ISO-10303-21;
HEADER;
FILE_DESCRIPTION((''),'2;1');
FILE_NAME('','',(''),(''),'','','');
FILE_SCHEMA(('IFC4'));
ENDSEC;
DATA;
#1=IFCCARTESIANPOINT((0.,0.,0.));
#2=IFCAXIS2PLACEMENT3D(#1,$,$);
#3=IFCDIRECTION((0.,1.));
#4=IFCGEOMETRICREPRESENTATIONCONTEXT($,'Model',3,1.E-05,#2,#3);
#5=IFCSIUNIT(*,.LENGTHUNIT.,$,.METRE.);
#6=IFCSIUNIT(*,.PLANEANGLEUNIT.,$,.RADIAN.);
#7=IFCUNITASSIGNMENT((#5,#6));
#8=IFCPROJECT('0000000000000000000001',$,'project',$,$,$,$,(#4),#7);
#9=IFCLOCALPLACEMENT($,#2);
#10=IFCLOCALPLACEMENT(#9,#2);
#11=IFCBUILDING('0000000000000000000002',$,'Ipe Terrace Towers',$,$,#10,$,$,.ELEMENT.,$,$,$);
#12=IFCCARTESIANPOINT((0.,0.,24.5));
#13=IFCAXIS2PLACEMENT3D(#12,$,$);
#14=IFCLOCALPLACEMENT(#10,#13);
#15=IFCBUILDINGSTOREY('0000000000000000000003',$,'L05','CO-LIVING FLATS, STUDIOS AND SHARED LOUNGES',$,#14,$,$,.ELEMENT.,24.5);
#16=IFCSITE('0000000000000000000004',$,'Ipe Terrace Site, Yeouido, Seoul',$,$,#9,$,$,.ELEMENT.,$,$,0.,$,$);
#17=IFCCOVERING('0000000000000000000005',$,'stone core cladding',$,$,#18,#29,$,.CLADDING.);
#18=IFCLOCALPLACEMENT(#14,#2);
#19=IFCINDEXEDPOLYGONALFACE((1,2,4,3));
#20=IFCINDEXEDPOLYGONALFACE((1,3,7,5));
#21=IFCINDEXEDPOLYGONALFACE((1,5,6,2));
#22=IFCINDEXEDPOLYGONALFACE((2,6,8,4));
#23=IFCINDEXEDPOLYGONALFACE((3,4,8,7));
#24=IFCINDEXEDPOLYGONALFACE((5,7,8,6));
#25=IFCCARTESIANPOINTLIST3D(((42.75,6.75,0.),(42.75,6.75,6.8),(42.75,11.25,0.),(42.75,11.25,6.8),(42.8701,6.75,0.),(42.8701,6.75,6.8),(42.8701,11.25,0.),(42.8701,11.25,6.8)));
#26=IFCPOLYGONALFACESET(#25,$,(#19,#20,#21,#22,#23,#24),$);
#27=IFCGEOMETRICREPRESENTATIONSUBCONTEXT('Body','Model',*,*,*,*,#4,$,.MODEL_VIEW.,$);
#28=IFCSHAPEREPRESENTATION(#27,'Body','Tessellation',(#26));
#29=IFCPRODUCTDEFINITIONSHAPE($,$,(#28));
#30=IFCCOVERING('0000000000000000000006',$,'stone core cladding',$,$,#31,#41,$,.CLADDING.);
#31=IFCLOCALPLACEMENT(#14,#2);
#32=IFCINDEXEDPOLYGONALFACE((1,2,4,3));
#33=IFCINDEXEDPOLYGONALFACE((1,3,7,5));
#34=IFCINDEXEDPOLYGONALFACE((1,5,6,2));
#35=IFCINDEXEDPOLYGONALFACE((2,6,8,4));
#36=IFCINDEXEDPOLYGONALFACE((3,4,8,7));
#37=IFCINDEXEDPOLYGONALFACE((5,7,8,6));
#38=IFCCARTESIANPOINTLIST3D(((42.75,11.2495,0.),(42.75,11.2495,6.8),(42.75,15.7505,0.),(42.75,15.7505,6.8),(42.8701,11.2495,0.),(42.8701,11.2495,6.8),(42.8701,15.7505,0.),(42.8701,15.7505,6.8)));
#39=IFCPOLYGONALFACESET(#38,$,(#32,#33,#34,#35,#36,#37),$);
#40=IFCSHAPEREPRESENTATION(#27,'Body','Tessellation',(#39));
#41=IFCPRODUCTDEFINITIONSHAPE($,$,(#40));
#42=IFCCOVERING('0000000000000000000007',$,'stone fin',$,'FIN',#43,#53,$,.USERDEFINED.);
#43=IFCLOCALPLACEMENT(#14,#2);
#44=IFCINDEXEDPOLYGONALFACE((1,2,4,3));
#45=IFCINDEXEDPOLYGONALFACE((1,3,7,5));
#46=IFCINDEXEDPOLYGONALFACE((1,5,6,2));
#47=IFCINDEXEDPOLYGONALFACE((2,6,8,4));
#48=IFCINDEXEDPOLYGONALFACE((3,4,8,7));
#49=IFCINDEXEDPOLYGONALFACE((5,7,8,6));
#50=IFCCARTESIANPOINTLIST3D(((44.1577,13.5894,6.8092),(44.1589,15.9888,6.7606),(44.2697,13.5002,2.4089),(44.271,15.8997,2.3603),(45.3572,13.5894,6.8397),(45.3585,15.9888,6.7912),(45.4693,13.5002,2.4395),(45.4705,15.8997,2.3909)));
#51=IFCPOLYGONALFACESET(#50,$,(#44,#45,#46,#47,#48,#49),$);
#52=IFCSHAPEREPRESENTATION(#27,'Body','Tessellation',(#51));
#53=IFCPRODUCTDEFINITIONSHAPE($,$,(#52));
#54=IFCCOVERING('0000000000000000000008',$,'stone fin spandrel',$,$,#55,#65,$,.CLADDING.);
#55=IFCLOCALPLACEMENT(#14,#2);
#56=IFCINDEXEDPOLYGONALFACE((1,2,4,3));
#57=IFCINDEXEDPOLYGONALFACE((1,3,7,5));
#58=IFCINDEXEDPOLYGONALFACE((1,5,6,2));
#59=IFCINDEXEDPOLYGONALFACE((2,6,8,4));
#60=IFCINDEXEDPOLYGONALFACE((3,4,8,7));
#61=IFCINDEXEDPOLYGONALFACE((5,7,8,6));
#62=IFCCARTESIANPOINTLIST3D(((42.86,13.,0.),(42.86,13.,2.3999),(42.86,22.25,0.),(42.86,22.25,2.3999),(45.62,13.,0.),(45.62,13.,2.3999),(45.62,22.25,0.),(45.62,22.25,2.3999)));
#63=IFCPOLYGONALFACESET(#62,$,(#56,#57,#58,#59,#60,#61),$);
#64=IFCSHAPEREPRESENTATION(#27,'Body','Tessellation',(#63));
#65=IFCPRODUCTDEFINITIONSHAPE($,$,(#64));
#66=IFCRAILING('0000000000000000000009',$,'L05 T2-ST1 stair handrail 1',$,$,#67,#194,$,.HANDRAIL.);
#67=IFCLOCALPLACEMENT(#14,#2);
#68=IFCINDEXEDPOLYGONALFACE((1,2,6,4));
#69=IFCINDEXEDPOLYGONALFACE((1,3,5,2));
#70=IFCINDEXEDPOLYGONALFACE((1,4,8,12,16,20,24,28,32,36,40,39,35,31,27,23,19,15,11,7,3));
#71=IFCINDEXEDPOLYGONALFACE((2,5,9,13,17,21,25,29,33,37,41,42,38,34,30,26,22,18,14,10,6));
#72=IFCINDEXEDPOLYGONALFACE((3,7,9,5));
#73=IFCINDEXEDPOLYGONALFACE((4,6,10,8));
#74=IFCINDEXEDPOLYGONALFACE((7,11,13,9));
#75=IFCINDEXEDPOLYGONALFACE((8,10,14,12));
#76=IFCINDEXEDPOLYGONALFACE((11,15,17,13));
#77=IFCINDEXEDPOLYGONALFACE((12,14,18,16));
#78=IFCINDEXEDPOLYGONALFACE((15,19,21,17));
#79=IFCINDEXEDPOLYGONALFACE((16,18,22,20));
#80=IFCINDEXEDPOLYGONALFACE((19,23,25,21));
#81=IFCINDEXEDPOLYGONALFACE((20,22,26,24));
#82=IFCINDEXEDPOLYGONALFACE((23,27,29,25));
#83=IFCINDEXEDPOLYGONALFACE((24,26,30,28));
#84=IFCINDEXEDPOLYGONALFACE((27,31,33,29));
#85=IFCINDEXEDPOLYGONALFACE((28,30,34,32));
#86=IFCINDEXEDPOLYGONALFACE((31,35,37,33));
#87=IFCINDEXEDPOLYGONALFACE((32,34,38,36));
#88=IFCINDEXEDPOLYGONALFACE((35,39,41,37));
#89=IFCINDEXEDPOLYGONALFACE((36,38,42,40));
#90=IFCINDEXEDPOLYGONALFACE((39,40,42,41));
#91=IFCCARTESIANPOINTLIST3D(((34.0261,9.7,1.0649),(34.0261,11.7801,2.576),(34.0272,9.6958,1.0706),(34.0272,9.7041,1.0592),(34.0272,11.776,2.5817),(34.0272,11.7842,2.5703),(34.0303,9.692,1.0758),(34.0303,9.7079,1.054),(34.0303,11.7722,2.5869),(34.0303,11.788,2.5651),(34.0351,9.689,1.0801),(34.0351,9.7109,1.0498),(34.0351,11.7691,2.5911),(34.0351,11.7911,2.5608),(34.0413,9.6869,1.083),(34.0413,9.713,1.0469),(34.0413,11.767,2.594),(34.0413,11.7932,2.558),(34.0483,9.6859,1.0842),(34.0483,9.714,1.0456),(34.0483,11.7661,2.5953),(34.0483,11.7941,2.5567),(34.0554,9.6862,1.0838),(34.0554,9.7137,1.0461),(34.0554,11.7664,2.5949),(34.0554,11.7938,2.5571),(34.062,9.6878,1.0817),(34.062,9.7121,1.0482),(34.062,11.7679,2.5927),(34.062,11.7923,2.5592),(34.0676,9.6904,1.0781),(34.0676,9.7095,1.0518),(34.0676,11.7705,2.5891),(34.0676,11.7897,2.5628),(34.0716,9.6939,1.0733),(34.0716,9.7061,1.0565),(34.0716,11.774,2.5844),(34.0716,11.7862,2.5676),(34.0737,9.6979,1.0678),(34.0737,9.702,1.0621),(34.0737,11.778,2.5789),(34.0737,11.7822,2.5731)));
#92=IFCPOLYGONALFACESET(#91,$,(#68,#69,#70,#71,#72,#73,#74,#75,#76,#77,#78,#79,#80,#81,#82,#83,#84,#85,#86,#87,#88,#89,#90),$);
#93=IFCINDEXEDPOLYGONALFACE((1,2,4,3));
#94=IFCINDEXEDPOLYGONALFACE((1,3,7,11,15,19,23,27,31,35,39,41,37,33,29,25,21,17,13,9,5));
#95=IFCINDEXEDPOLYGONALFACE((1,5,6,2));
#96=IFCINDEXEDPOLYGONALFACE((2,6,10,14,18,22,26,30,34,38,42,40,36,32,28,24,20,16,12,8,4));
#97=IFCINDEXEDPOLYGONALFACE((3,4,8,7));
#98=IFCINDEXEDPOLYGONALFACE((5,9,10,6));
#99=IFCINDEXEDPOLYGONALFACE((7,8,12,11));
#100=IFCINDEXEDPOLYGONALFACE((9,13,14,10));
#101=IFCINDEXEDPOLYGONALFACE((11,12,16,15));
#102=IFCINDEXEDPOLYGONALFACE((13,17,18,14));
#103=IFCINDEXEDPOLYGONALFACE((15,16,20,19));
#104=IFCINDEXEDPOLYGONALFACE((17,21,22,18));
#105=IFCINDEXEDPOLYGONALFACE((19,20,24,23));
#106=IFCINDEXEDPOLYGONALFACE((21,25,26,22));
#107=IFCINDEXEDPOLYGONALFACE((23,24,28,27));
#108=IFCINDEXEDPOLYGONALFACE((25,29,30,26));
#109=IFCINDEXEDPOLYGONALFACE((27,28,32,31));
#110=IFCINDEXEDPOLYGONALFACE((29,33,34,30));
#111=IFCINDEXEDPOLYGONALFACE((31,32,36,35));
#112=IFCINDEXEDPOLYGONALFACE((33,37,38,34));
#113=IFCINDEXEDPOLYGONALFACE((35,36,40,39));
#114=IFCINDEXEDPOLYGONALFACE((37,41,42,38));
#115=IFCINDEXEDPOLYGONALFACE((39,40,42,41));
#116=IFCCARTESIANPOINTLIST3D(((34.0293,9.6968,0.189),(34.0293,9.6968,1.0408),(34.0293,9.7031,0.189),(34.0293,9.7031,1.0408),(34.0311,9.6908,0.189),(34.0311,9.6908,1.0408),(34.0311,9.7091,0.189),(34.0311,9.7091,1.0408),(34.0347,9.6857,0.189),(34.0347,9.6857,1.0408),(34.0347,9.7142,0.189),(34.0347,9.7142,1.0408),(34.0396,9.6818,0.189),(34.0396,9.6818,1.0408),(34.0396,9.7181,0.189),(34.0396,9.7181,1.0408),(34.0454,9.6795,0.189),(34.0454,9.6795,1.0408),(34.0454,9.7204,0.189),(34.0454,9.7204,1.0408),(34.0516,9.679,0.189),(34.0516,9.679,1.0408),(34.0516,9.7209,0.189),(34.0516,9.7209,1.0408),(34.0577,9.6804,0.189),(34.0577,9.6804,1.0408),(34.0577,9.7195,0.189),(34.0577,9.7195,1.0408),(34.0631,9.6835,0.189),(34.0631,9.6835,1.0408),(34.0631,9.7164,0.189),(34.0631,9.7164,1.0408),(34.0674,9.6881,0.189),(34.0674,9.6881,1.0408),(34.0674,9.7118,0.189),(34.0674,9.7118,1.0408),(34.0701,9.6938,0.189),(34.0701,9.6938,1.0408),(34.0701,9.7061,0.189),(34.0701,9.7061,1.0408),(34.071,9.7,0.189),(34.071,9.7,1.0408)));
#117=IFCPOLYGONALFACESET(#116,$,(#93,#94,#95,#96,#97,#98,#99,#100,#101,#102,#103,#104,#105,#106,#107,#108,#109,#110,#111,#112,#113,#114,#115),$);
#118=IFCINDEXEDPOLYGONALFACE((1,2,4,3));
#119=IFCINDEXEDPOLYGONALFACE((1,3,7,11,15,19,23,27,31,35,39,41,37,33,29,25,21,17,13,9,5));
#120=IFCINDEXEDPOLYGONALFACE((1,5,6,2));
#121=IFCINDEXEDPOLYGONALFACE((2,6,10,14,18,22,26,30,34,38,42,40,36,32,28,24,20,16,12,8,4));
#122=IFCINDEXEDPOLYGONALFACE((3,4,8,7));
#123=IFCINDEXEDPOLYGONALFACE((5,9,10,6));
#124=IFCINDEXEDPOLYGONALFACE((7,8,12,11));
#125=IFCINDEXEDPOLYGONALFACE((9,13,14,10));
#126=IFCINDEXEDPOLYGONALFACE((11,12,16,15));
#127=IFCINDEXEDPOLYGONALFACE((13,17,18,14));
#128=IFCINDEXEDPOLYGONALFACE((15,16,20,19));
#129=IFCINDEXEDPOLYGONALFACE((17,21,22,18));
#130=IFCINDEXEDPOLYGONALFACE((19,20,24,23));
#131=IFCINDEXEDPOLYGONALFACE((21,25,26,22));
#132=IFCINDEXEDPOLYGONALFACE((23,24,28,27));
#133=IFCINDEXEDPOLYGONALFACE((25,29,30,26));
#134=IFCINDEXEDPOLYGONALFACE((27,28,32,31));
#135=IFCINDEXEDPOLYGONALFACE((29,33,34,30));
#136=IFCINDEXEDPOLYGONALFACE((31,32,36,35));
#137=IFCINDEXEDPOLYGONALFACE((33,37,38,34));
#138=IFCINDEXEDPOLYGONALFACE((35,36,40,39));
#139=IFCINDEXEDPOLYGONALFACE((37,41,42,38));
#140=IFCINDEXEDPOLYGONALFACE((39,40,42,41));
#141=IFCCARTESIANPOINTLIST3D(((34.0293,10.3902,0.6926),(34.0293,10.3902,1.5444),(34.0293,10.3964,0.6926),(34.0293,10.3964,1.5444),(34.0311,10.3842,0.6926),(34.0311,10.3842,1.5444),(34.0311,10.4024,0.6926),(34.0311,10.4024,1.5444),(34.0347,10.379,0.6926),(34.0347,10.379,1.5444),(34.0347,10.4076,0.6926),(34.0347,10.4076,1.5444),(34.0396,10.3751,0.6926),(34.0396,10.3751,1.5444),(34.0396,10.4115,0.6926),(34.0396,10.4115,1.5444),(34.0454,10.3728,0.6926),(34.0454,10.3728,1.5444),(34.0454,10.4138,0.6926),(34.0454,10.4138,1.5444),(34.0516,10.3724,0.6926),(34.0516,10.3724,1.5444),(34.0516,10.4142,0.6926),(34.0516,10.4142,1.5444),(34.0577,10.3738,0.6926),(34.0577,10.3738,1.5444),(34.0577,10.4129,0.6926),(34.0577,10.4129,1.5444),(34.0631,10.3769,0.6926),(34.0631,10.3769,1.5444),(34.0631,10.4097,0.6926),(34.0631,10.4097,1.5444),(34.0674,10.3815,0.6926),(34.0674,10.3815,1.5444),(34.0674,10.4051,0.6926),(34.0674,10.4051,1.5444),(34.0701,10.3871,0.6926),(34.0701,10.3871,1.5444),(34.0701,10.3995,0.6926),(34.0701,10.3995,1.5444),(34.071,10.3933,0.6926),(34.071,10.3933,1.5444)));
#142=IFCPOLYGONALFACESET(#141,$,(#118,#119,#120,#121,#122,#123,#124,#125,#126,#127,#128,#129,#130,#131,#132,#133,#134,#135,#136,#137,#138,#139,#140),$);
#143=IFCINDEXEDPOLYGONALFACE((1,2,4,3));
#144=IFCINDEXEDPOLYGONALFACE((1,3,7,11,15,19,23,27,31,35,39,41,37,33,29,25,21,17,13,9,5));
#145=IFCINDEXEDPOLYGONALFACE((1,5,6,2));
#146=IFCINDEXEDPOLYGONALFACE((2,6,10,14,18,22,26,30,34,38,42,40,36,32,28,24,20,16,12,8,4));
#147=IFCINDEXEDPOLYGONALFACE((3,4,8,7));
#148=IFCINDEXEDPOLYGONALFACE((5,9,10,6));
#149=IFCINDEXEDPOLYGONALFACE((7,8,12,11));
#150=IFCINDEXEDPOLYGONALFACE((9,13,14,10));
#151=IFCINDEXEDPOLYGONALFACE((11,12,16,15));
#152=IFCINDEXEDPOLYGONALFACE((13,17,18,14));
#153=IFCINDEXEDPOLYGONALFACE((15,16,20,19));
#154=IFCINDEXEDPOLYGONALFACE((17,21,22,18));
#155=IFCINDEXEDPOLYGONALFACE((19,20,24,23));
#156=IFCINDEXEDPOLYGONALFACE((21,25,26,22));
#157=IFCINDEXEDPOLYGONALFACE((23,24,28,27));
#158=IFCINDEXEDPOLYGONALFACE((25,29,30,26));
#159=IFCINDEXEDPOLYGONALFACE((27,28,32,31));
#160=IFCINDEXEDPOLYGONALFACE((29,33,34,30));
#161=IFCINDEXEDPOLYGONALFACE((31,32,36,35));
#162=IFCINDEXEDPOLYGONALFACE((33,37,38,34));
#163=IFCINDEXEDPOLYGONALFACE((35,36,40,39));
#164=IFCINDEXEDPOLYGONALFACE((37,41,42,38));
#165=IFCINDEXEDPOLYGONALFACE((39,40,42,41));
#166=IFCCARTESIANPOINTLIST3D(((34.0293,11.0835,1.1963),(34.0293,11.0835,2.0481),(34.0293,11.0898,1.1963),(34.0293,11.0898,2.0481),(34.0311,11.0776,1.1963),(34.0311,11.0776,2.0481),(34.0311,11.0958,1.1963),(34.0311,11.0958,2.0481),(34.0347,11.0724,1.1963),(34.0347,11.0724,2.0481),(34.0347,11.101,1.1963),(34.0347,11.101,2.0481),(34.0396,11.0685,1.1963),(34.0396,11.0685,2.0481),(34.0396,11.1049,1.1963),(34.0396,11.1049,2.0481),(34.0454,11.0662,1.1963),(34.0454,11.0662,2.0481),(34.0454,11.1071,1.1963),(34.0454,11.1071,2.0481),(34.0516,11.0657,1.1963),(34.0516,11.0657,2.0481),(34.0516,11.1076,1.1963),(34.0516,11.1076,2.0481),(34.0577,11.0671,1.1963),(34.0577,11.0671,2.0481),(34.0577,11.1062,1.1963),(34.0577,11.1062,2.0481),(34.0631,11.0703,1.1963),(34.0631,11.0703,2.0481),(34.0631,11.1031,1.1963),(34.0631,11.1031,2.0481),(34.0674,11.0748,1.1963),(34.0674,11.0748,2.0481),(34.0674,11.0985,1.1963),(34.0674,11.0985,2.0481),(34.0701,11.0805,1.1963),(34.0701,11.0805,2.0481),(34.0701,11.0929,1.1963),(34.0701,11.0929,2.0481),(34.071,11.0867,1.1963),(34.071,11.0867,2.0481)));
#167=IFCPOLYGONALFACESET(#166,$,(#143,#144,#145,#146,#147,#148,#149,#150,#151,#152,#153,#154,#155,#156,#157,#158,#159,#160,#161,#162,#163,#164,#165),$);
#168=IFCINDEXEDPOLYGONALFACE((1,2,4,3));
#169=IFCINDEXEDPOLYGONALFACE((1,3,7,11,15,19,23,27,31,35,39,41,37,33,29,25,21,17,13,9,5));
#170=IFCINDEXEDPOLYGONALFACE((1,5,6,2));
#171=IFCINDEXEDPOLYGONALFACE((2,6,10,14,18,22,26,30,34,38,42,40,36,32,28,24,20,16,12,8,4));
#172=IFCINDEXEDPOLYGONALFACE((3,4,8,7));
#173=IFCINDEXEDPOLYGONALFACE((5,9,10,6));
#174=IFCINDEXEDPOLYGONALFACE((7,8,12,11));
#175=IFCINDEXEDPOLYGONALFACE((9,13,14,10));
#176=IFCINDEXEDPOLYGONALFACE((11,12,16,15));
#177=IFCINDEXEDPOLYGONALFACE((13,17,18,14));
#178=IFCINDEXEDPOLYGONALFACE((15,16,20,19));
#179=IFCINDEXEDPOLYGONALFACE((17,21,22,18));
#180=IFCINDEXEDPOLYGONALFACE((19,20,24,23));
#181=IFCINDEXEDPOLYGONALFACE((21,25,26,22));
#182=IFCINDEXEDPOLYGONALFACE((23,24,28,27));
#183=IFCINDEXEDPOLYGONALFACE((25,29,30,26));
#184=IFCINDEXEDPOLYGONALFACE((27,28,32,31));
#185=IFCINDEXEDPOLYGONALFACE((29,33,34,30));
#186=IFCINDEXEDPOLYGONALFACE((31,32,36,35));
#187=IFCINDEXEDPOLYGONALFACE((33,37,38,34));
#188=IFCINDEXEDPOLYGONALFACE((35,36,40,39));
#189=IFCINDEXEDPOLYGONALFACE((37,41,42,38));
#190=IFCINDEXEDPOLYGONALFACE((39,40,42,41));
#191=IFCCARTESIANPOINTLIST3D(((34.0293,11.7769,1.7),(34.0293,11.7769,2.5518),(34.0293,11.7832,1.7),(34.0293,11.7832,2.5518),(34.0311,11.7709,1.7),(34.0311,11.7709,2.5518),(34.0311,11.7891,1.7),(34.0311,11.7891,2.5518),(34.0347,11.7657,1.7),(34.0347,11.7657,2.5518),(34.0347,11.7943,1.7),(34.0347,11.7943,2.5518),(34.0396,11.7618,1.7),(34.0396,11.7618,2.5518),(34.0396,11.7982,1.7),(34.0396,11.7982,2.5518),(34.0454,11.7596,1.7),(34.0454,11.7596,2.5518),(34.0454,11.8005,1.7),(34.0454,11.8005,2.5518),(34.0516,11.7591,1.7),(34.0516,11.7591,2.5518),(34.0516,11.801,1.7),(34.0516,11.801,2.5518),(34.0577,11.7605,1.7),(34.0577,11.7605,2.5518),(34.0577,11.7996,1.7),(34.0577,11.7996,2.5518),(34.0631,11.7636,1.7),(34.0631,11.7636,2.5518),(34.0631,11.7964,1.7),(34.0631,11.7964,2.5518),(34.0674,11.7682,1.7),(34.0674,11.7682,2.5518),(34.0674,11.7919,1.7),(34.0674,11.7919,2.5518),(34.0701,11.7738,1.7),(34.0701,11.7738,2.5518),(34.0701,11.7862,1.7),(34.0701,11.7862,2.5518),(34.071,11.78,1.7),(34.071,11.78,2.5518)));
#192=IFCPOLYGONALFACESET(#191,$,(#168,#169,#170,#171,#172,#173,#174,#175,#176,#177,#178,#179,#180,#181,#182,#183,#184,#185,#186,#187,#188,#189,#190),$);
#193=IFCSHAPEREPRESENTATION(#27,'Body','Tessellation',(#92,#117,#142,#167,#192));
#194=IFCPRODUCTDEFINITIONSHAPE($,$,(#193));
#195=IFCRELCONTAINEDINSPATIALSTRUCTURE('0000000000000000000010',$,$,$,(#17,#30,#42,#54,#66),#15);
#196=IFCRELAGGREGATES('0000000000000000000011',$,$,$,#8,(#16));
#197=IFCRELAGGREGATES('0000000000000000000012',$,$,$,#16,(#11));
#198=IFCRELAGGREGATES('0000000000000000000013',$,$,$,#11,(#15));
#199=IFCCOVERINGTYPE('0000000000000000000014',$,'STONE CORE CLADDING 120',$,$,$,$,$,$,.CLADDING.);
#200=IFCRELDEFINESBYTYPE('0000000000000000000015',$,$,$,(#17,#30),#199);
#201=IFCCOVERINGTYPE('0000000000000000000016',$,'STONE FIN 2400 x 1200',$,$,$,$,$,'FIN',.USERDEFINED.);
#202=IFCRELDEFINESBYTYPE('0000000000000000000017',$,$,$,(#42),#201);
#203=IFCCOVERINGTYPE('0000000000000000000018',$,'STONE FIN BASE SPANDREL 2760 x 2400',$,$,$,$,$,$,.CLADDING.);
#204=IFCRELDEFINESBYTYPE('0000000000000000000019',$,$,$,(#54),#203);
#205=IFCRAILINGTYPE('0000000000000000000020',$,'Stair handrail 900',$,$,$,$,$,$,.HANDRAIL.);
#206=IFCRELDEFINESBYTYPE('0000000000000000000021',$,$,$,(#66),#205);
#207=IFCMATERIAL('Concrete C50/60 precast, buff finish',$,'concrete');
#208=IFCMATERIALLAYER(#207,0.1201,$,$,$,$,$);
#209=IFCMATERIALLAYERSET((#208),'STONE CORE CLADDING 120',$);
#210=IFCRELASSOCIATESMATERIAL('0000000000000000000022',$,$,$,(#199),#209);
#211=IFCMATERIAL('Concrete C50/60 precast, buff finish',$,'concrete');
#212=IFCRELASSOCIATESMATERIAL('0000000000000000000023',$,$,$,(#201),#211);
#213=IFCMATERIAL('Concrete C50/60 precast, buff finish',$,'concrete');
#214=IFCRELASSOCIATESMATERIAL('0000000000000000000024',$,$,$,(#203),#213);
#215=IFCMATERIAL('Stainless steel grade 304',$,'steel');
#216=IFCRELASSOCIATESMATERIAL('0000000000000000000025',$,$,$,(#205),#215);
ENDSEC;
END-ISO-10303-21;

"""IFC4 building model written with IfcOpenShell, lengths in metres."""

from ifc_helpers import new_model, si_unit, direction, frame, origin, origin_2d, place, context, subcontext, project, spatial, rectangle, circle, extrude, material, layer, layer_set, material_profile, profile_set, type_object, element, save


model = new_model("IFC4")

# Units and contexts
model_context = context("Model", 3, precision=1e-05, world=origin(), true_north=direction((0.0, 1.0)))
body_context = subcontext(model_context, "Body", "Model", "MODEL_VIEW")
ifc_project = project(units=[si_unit("LENGTHUNIT", "METRE"), si_unit("PLANEANGLEUNIT", "RADIAN")], contexts=[model_context])

# Site, building, storey
site_placement = place(None, origin())
site = spatial("IfcSite", under=ifc_project, at=site_placement, Name="Ipe Terrace Site, Yeouido, Seoul", CompositionType="ELEMENT", RefElevation=0.0)
building_placement = place(site_placement, origin())
building = spatial("IfcBuilding", under=site, at=building_placement, Name="Ipe Terrace Towers", CompositionType="ELEMENT")
storey_placement = place(building_placement, frame((0.0, 0.0, 24.5)))
storey = spatial("IfcBuildingStorey", under=building, at=storey_placement, Name="L05", Description="CO-LIVING FLATS, STUDIOS AND SHARED LOUNGES", CompositionType="ELEMENT", Elevation=24.5)

# Coverings
ifc_material_1 = material(Name="Concrete C50/60 precast, buff finish", Category="concrete")
ifc_layer_1 = layer(ifc_material_1, 0.1201)
ifc_layer_set_1 = layer_set([ifc_layer_1], Name="STONE CORE CLADDING 120")
covering_type_1 = type_object("IfcCoveringType", Name="STONE CORE CLADDING 120", PredefinedType="CLADDING", material=ifc_layer_set_1)
covering_1_placement = place(storey_placement, frame((42.8101, 9.0, 0.0), z_axis=(0.0, 0.0, 1.0), x_axis=(0.0, 1.0, 0.0)))
element("IfcCovering", 1, at=covering_1_placement, inside=storey, type_object=covering_type_1, Name="stone core cladding", PredefinedType="CLADDING", context=body_context, shape_type="SweptSolid", body=[
    extrude(rectangle(XDim=4.5, YDim=0.1201, at=origin_2d()), origin(), (0.0, 0.0, 1.0), 6.8),
])
covering_2_placement = place(storey_placement, frame((42.8101, 13.5, 0.0), z_axis=(0.0, 0.0, 1.0), x_axis=(0.0, 1.0, 0.0)))
element("IfcCovering", 2, at=covering_2_placement, inside=storey, type_object=covering_type_1, Name="stone core cladding", PredefinedType="CLADDING", context=body_context, shape_type="SweptSolid", body=[
    extrude(rectangle(XDim=4.501, YDim=0.1201, at=origin_2d()), origin(), (0.0, 0.0, 1.0), 6.8),
])
ifc_material_2 = material(Name="Concrete C50/60 precast, buff finish", Category="concrete")
ifc_material_profile_1 = material_profile(ifc_material_2, rectangle(XDim=2.3999, YDim=1.2, at=origin_2d()), Name="STONE FIN 2400 x 1200")
ifc_profile_set_1 = profile_set([ifc_material_profile_1], Name="Concrete C50/60 precast, buff finish")
covering_type_2 = type_object("IfcCoveringType", Name="STONE FIN 2400 x 1200", ElementType="FIN", PredefinedType="USERDEFINED", material=ifc_profile_set_1)
covering_3_placement = place(storey_placement, frame((44.8701, 14.7, 2.3999), z_axis=(-0.025454, 0.020241, 0.999471), x_axis=(0.000515, 0.999795, -0.020235)))
element("IfcCovering", 3, at=covering_3_placement, inside=storey, type_object=covering_type_2, Name="stone fin", ObjectType="FIN", PredefinedType="USERDEFINED", context=body_context, shape_type="SweptSolid", body=[
    extrude(rectangle(XDim=2.3999, YDim=1.2, at=origin_2d()), origin(), (0.0, 0.0, 1.0), 4.4026),
])
ifc_material_3 = material(Name="Concrete C50/60 precast, buff finish", Category="concrete")
ifc_material_profile_2 = material_profile(ifc_material_3, rectangle(XDim=2.76, YDim=2.3999, at=origin_2d()), Name="STONE FIN BASE SPANDREL 2760 x 2400")
ifc_profile_set_2 = profile_set([ifc_material_profile_2], Name="Concrete C50/60 precast, buff finish")
covering_type_3 = type_object("IfcCoveringType", Name="STONE FIN BASE SPANDREL 2760 x 2400", PredefinedType="CLADDING", material=ifc_profile_set_2)
covering_4_placement = place(storey_placement, frame((44.24, 13.0, 1.2), z_axis=(0.0, 1.0, 0.0), x_axis=(1.0, 0.0, 0.0)))
element("IfcCovering", 4, at=covering_4_placement, inside=storey, type_object=covering_type_3, Name="stone fin spandrel", PredefinedType="CLADDING", context=body_context, shape_type="SweptSolid", body=[
    extrude(rectangle(XDim=2.76, YDim=2.3999, at=origin_2d()), origin(), (0.0, 0.0, 1.0), 9.25),
])

# Railing
ifc_material_4 = material(Name="Stainless steel grade 304", Category="steel")
railing_type_1 = type_object("IfcRailingType", Name="Stair handrail 900", PredefinedType="HANDRAIL", material=ifc_material_4)
railing_1_placement = place(storey_placement, frame((34.05, 9.7, 0.189)))
element("IfcRailing", 5, at=railing_1_placement, inside=storey, type_object=railing_type_1, Name="L05 T2-ST1 stair handrail 1", PredefinedType="HANDRAIL", context=body_context, shape_type="SweptSolid", body=[
    extrude(circle(Radius=0.0239, at=origin_2d()), frame((0.0, 0.0, 0.876), z_axis=(0.0, 0.809069, 0.587714), x_axis=(-1.0, 0.0, 0.0)), (0.0, 0.0, 1.0), 2.571),
    extrude(circle(Radius=0.021, at=origin_2d()), origin(), (0.0, 0.0, 1.0), 0.8518),
    extrude(circle(Radius=0.021, at=origin_2d()), frame((0.0, 0.6934, 0.5037)), (0.0, 0.0, 1.0), 0.8518),
    extrude(circle(Radius=0.021, at=origin_2d()), frame((0.0, 1.3867, 1.0073)), (0.0, 0.0, 1.0), 0.8518),
    extrude(circle(Radius=0.021, at=origin_2d()), frame((0.0, 2.0801, 1.511)), (0.0, 0.0, 1.0), 0.8518),
])

save(model, "model.ifc")
